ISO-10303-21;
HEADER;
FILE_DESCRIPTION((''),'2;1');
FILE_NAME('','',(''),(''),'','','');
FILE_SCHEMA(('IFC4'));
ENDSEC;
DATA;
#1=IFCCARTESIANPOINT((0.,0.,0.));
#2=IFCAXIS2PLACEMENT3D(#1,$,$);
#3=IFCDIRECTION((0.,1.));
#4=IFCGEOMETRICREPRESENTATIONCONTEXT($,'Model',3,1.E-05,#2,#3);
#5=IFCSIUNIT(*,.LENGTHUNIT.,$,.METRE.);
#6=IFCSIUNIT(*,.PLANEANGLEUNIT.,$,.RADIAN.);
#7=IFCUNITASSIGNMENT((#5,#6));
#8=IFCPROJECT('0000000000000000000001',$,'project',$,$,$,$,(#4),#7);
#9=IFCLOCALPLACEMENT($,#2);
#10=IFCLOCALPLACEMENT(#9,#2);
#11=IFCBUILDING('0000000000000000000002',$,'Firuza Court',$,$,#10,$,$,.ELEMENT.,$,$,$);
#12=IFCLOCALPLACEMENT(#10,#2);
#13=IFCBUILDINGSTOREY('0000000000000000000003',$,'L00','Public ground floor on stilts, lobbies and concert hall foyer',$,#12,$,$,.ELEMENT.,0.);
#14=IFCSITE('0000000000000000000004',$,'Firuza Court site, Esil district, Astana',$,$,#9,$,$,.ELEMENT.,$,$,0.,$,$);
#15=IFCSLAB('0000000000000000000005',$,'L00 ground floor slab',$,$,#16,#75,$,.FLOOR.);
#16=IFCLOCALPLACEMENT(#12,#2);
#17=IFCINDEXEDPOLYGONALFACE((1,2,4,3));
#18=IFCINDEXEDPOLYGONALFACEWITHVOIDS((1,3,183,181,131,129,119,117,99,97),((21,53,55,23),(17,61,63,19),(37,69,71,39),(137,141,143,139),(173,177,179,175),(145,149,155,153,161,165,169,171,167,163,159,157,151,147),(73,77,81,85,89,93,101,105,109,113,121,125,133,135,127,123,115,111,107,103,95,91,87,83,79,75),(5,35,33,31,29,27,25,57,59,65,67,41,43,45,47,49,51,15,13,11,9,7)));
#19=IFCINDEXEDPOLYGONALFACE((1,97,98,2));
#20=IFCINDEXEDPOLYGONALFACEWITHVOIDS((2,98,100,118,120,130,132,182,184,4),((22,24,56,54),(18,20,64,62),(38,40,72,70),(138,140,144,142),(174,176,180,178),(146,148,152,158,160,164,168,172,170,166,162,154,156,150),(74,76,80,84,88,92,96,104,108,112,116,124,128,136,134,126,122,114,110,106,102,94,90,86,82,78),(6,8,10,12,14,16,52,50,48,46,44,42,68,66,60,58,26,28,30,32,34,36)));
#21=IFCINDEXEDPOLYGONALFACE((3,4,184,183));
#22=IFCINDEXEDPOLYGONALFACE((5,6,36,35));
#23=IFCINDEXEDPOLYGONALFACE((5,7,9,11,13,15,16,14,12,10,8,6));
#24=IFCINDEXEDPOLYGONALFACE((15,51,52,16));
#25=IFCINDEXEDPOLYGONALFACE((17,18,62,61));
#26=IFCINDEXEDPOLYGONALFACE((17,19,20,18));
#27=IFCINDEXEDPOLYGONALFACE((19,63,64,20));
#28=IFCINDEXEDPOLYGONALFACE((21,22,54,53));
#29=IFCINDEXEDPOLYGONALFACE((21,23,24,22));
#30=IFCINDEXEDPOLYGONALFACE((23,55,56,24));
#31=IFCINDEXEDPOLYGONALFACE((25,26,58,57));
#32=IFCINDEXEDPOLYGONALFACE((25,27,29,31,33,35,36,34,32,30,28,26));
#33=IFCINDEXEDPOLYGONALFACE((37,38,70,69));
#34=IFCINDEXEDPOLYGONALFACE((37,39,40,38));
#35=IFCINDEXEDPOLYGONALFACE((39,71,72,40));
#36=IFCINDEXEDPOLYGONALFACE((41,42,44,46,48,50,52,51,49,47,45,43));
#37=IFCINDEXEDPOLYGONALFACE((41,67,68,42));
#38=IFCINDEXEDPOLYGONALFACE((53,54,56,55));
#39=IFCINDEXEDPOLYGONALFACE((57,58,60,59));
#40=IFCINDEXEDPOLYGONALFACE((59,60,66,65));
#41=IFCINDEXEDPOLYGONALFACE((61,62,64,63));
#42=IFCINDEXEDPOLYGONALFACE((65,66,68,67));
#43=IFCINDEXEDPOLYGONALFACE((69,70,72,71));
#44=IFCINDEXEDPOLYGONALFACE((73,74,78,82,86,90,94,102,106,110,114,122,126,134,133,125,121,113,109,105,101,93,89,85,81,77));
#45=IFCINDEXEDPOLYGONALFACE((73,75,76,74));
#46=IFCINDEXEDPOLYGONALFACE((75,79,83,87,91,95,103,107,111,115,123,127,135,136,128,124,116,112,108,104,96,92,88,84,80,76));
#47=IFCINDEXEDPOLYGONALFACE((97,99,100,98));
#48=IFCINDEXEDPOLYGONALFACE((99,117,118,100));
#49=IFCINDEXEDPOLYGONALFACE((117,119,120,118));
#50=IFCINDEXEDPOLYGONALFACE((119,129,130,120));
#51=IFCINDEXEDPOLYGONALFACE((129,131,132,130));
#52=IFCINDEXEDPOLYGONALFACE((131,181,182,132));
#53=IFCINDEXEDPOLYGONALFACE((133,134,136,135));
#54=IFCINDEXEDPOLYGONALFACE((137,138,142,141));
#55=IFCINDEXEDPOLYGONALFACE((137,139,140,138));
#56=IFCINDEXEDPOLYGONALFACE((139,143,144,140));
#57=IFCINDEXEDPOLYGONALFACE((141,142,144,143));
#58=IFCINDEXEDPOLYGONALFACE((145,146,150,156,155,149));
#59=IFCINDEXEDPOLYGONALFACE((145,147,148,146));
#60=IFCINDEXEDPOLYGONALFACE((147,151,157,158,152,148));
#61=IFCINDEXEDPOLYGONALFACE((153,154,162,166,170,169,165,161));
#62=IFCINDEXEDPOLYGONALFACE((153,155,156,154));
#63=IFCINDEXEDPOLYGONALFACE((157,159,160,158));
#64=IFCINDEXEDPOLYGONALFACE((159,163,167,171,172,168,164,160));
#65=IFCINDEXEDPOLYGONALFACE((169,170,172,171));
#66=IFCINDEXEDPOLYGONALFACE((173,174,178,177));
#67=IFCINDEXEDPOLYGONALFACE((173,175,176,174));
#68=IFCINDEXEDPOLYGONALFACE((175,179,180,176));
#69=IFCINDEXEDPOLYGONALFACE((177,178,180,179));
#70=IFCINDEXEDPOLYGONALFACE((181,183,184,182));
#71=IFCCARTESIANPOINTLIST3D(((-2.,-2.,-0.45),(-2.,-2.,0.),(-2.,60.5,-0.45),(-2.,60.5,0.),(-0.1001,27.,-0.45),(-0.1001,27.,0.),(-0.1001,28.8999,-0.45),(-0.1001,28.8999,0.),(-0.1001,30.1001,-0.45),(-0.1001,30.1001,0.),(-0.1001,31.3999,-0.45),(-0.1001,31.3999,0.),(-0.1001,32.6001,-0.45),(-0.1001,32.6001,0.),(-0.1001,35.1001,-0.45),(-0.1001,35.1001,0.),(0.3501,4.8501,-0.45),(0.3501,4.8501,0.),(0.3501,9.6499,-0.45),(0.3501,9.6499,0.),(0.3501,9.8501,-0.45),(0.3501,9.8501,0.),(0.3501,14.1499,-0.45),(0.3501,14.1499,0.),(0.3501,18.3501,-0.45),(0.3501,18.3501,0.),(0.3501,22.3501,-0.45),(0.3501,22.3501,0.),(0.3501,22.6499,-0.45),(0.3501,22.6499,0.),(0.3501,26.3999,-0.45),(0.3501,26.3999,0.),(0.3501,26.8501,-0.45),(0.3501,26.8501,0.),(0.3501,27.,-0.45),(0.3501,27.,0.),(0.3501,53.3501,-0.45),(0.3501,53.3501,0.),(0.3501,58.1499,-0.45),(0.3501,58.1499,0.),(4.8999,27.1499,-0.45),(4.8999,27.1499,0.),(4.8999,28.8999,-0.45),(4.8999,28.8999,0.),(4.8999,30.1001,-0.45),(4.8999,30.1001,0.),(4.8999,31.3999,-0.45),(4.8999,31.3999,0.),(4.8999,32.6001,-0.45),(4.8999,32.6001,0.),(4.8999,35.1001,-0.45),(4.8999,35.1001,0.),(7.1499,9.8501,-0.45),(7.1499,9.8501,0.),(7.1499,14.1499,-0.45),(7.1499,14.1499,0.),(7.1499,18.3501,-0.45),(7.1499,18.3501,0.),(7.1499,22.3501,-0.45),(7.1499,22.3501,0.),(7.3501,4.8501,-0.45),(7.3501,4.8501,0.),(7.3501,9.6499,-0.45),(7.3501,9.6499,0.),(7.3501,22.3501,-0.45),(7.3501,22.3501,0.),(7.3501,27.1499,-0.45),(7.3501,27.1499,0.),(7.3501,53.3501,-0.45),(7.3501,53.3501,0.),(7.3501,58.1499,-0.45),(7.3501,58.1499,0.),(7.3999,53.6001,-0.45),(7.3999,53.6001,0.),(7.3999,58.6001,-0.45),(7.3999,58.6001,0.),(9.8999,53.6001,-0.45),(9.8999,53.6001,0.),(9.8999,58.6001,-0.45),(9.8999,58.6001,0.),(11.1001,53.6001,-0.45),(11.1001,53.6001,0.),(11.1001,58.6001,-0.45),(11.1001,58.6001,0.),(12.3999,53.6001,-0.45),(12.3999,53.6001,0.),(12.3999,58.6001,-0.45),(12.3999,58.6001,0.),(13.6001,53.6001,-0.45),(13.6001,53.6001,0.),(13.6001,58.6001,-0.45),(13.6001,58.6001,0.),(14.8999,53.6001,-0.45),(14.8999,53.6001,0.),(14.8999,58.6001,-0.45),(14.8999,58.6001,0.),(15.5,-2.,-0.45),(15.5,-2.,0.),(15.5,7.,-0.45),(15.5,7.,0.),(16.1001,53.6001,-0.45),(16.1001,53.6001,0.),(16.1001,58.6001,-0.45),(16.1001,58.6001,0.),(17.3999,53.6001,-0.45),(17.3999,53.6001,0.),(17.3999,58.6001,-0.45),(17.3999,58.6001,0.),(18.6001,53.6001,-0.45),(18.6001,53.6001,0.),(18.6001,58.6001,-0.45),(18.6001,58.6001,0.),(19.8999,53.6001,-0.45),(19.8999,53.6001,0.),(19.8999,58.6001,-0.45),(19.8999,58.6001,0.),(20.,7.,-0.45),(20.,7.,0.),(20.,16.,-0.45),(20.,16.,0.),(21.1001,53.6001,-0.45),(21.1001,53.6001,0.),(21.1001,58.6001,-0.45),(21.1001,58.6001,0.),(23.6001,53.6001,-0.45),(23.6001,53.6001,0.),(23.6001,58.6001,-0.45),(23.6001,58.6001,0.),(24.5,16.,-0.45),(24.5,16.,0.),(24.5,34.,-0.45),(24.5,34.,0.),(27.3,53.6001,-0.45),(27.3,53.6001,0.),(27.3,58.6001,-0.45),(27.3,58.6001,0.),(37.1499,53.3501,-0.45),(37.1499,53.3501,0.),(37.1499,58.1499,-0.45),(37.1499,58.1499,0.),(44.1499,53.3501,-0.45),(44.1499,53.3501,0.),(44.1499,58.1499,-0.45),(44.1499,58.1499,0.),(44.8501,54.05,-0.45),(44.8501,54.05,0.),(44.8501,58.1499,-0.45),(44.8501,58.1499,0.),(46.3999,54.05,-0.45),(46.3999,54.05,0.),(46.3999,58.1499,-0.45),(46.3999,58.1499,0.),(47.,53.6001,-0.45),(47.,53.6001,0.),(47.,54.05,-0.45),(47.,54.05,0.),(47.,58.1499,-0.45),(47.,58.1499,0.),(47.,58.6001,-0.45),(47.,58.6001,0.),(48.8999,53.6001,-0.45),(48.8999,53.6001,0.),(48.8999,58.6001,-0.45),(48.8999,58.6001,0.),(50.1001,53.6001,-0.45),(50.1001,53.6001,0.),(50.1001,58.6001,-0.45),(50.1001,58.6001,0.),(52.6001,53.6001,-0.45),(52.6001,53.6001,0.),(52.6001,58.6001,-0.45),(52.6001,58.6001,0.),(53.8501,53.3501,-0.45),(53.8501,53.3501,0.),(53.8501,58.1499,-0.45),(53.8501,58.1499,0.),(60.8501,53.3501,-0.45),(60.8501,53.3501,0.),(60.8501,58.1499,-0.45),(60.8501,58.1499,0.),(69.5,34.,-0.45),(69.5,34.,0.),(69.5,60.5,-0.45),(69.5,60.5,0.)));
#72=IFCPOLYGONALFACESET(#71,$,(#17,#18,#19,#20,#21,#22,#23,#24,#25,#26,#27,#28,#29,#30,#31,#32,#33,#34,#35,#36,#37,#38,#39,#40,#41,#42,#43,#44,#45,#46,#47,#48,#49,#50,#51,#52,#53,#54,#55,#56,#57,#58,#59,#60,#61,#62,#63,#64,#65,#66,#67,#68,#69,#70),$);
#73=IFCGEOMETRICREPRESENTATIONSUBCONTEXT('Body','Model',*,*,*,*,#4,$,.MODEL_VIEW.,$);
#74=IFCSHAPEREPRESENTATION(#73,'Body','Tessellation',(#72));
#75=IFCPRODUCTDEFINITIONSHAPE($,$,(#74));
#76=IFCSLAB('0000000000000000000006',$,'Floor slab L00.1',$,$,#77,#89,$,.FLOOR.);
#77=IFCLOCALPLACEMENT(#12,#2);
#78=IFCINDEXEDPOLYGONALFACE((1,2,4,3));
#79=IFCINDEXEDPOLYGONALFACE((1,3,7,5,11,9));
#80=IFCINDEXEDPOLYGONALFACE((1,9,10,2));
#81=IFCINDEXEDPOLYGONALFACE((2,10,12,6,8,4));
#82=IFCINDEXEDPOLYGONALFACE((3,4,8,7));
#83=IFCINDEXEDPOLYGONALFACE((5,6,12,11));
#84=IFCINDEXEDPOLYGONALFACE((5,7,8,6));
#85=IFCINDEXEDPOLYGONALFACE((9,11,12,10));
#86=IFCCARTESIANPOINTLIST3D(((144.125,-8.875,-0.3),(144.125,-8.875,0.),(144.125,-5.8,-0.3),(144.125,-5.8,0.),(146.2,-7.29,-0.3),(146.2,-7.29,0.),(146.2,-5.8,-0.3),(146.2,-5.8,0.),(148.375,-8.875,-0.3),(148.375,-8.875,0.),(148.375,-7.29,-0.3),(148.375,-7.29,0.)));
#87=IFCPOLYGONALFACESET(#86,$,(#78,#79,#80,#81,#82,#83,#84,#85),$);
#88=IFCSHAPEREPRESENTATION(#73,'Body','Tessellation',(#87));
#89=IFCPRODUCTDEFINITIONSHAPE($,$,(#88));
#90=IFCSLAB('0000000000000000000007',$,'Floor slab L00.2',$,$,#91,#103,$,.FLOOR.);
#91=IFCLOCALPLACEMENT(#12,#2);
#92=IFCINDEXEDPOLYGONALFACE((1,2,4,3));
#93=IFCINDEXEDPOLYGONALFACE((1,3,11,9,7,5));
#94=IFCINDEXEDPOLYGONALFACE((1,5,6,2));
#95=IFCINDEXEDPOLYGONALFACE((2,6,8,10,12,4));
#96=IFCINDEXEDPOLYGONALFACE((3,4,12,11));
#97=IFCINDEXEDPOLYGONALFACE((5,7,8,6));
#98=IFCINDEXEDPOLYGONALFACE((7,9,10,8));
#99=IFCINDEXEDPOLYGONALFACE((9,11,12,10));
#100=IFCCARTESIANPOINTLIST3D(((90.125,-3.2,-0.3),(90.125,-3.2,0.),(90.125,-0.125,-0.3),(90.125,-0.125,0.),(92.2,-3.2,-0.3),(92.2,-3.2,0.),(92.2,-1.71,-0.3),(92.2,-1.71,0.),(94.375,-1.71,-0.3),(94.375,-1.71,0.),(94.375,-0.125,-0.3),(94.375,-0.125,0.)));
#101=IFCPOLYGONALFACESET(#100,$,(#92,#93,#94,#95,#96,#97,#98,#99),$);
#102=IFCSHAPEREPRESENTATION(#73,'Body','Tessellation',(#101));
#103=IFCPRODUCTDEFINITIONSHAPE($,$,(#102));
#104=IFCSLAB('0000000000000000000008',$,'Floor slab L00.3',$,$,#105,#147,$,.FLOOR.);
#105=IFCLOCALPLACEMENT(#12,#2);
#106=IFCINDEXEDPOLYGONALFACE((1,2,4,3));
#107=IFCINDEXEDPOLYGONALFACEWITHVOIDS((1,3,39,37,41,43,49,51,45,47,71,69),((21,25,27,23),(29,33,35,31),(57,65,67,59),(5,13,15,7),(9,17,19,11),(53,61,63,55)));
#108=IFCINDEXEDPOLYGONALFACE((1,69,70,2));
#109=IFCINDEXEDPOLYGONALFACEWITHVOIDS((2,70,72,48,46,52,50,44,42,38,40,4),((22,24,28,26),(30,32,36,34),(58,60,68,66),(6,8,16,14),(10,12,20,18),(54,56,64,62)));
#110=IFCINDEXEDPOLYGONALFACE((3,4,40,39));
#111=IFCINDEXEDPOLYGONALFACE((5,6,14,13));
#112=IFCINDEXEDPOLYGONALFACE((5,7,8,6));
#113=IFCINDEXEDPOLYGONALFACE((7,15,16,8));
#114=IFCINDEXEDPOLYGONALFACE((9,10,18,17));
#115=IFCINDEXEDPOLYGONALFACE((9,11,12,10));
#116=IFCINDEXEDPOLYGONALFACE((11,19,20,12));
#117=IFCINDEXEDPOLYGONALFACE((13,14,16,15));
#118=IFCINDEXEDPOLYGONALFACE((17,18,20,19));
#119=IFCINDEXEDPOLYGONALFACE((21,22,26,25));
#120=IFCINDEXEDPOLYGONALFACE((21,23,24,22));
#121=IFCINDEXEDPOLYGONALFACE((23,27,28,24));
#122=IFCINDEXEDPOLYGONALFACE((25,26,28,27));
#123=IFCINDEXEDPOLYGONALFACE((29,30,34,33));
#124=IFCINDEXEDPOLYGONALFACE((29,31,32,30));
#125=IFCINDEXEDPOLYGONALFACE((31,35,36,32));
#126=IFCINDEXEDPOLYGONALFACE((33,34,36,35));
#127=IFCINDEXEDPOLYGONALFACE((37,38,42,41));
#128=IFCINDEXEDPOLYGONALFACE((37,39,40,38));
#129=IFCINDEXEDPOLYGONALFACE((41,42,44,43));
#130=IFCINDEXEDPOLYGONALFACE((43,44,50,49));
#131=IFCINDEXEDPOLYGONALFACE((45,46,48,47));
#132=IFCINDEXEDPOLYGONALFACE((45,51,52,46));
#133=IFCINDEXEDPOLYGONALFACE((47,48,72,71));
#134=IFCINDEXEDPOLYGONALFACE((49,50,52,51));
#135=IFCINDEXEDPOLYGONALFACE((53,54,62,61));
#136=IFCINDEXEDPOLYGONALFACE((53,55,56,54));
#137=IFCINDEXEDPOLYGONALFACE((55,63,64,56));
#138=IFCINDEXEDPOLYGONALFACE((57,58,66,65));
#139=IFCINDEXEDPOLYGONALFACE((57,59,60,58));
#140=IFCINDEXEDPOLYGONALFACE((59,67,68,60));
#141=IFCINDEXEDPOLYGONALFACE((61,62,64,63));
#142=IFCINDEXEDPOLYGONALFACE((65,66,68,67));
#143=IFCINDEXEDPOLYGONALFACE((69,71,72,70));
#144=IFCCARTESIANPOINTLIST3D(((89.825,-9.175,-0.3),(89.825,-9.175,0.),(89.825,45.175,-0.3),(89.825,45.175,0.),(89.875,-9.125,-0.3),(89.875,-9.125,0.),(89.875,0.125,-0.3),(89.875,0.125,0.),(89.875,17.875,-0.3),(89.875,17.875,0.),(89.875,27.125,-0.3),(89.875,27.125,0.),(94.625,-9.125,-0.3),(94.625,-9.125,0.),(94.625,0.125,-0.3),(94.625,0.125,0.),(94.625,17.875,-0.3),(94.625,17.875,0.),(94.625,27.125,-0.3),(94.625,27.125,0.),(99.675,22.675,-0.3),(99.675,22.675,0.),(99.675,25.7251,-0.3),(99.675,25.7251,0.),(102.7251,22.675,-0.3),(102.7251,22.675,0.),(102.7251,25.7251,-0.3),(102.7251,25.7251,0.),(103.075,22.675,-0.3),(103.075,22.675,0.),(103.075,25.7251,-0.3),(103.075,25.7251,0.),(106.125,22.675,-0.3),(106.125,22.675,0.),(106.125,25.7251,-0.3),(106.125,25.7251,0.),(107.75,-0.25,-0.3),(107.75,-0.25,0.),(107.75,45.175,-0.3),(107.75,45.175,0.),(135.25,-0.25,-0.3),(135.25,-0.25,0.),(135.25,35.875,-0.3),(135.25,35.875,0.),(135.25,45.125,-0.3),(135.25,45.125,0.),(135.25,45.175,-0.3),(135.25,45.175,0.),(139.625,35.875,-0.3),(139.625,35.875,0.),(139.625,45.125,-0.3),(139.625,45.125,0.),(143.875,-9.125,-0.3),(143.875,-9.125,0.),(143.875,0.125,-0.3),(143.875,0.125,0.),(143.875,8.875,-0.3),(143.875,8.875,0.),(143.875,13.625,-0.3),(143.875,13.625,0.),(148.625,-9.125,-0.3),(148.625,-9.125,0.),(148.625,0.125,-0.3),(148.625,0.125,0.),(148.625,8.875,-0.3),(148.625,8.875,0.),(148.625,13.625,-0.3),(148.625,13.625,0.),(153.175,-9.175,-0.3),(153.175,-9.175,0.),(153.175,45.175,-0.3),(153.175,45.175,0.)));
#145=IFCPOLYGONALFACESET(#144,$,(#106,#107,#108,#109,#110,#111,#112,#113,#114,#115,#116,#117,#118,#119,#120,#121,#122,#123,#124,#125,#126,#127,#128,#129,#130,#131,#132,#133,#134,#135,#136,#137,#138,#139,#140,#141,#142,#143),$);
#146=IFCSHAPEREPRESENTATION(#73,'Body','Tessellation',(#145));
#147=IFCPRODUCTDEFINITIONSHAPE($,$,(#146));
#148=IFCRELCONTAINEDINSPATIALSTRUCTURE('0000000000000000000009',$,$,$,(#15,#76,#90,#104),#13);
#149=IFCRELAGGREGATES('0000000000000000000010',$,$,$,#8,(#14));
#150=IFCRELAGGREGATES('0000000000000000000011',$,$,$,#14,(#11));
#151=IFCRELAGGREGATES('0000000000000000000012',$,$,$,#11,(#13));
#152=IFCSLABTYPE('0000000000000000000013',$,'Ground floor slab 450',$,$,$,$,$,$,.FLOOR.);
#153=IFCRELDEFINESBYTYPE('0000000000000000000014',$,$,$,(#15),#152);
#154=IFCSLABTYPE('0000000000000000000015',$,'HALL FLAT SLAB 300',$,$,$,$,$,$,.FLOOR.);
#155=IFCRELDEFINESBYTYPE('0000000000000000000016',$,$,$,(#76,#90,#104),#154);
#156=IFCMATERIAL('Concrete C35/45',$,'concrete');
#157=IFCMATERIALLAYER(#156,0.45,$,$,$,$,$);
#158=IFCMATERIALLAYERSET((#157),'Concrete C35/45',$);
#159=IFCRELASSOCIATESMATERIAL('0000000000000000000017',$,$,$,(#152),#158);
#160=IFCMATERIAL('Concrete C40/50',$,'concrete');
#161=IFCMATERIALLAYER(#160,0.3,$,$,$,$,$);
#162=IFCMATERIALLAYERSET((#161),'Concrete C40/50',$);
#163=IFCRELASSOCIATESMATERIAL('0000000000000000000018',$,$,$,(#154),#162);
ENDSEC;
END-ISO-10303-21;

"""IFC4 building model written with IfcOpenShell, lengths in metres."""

from ifc_helpers import new_model, si_unit, direction, frame, origin, place, context, subcontext, project, spatial, polyline, outline, extrude, material, layer, layer_set, type_object, element, save


model = new_model("IFC4")

# Units and contexts
model_context = context("Model", 3, precision=1e-05, world=origin(), true_north=direction((0.0, 1.0)))
body_context = subcontext(model_context, "Body", "Model", "MODEL_VIEW")
ifc_project = project(units=[si_unit("LENGTHUNIT", "METRE"), si_unit("PLANEANGLEUNIT", "RADIAN")], contexts=[model_context])

# Site, building, storey
site_placement = place(None, origin())
site = spatial("IfcSite", under=ifc_project, at=site_placement, Name="Firuza Court site, Esil district, Astana", CompositionType="ELEMENT", RefElevation=0.0)
building_placement = place(site_placement, origin())
building = spatial("IfcBuilding", under=site, at=building_placement, Name="Firuza Court", CompositionType="ELEMENT")
storey_placement = place(building_placement, origin())
storey = spatial("IfcBuildingStorey", under=building, at=storey_placement, Name="L00", Description="Public ground floor on stilts, lobbies and concert hall foyer", CompositionType="ELEMENT", Elevation=0.0)

# Slabs
ifc_material_1 = material(Name="Concrete C35/45", Category="concrete")
ifc_layer_1 = layer(ifc_material_1, 0.45)
ifc_layer_set_1 = layer_set([ifc_layer_1], Name="Concrete C35/45")
slab_type_1 = type_object("IfcSlabType", Name="Ground floor slab 450", PredefinedType="FLOOR", material=ifc_layer_set_1)
slab_1_placement = place(storey_placement, frame((0.0, 0.0, -0.45)))
element("IfcSlab", 1, at=slab_1_placement, inside=storey, type_object=slab_type_1, Name="L00 ground floor slab", PredefinedType="FLOOR", context=body_context, shape_type="SweptSolid", body=[
    extrude(outline(polyline([(-2.0, -2.0), (15.5, -2.0), (15.5, 7.0), (20.0, 7.0), (20.0, 16.0), (24.5, 16.0), (24.5, 34.0), (69.5, 34.0), (69.5, 60.5), (-2.0, 60.5), (-2.0, -2.0)]), holes=[polyline([(7.3501, 9.6499), (7.3501, 4.8501), (0.3501, 4.8501), (0.3501, 9.6499), (7.3501, 9.6499)]), polyline([(7.1499, 14.1499), (7.1499, 9.8501), (0.3501, 9.8501), (0.3501, 14.1499), (7.1499, 14.1499)]), polyline([(-0.1001, 31.3999), (-0.1001, 32.6001), (-0.1001, 35.1001), (4.8999, 35.1001), (4.8999, 32.6001), (4.8999, 31.3999), (4.8999, 30.1001), (4.8999, 28.8999), (4.8999, 27.1499), (7.3501, 27.1499), (7.3501, 22.3501), (7.1499, 22.3501), (7.1499, 18.3501), (0.3501, 18.3501), (0.3501, 22.3501), (0.3501, 22.6499), (0.3501, 26.3999), (0.3501, 26.8501), (0.3501, 27.0), (-0.1001, 27.0), (-0.1001, 28.8999), (-0.1001, 30.1001), (-0.1001, 31.3999)]), polyline([(7.3501, 58.1499), (7.3501, 53.3501), (0.3501, 53.3501), (0.3501, 58.1499), (7.3501, 58.1499)]), polyline([(14.8999, 58.6001), (16.1001, 58.6001), (17.3999, 58.6001), (18.6001, 58.6001), (19.8999, 58.6001), (21.1001, 58.6001), (23.6001, 58.6001), (23.6001, 58.6001), (27.3, 58.6001), (27.3, 53.6001), (23.6001, 53.6001), (23.6001, 53.6001), (21.1001, 53.6001), (19.8999, 53.6001), (18.6001, 53.6001), (17.3999, 53.6001), (16.1001, 53.6001), (14.8999, 53.6001), (13.6001, 53.6001), (12.3999, 53.6001), (11.1001, 53.6001), (9.8999, 53.6001), (7.3999, 53.6001), (7.3999, 58.6001), (9.8999, 58.6001), (11.1001, 58.6001), (12.3999, 58.6001), (13.6001, 58.6001), (14.8999, 58.6001)]), polyline([(44.1499, 58.1499), (44.1499, 53.3501), (37.1499, 53.3501), (37.1499, 58.1499), (44.1499, 58.1499)]), polyline([(60.8501, 58.1499), (60.8501, 53.3501), (53.8501, 53.3501), (53.8501, 58.1499), (60.8501, 58.1499)]), polyline([(52.6001, 58.6001), (52.6001, 53.6001), (50.1001, 53.6001), (48.8999, 53.6001), (47.0, 53.6001), (47.0, 54.05), (46.3999, 54.05), (44.8501, 54.05), (44.8501, 58.1499), (46.3999, 58.1499), (47.0, 58.1499), (47.0, 58.6001), (48.8999, 58.6001), (50.1001, 58.6001), (52.6001, 58.6001)])]), origin(), (0.0, 0.0, 1.0), 0.45),
])
ifc_material_2 = material(Name="Concrete C40/50", Category="concrete")
ifc_layer_2 = layer(ifc_material_2, 0.3)
ifc_layer_set_2 = layer_set([ifc_layer_2], Name="Concrete C40/50")
slab_type_2 = type_object("IfcSlabType", Name="HALL FLAT SLAB 300", PredefinedType="FLOOR", material=ifc_layer_set_2)
slab_2_placement = place(storey_placement, frame((0.0, 0.0, -0.3)))
element("IfcSlab", 2, at=slab_2_placement, inside=storey, type_object=slab_type_2, Name="Floor slab L00.1", PredefinedType="FLOOR", context=body_context, shape_type="SweptSolid", body=[
    extrude(outline(polyline([(144.125, -8.875), (144.125, -5.8), (146.2, -5.8), (146.2, -7.29), (148.375, -7.29), (148.375, -8.875), (144.125, -8.875)])), origin(), (0.0, 0.0, 1.0), 0.3),
])
slab_3_placement = place(storey_placement, frame((0.0, 0.0, -0.3)))
element("IfcSlab", 3, at=slab_3_placement, inside=storey, type_object=slab_type_2, Name="Floor slab L00.2", PredefinedType="FLOOR", context=body_context, shape_type="SweptSolid", body=[
    extrude(outline(polyline([(90.125, -3.2), (90.125, -0.125), (94.375, -0.125), (94.375, -1.71), (92.2, -1.71), (92.2, -3.2), (90.125, -3.2)])), origin(), (0.0, 0.0, 1.0), 0.3),
])
slab_4_placement = place(storey_placement, frame((0.0, 0.0, -0.3)))
element("IfcSlab", 4, at=slab_4_placement, inside=storey, type_object=slab_type_2, Name="Floor slab L00.3", PredefinedType="FLOOR", context=body_context, shape_type="SweptSolid", body=[
    extrude(outline(polyline([(107.75, 45.175), (107.75, -0.25), (135.25, -0.25), (135.25, 35.875), (139.625, 35.875), (139.625, 45.125), (135.25, 45.125), (135.25, 45.175), (153.175, 45.175), (153.175, -9.175), (89.825, -9.175), (89.825, 45.175), (107.75, 45.175)]), holes=[polyline([(94.625, 0.125), (89.875, 0.125), (89.875, -9.125), (94.625, -9.125), (94.625, 0.125)]), polyline([(148.625, 0.125), (143.875, 0.125), (143.875, -9.125), (148.625, -9.125), (148.625, 0.125)]), polyline([(148.625, 13.625), (143.875, 13.625), (143.875, 8.875), (148.625, 8.875), (148.625, 13.625)]), polyline([(94.625, 27.125), (89.875, 27.125), (89.875, 17.875), (94.625, 17.875), (94.625, 27.125)]), polyline([(102.7251, 25.7251), (99.675, 25.7251), (99.675, 22.675), (102.7251, 22.675), (102.7251, 25.7251)]), polyline([(106.125, 25.7251), (103.075, 25.7251), (103.075, 22.675), (106.125, 22.675), (106.125, 25.7251)])]), origin(), (0.0, 0.0, 1.0), 0.3),
])

save(model, "model.ifc")
